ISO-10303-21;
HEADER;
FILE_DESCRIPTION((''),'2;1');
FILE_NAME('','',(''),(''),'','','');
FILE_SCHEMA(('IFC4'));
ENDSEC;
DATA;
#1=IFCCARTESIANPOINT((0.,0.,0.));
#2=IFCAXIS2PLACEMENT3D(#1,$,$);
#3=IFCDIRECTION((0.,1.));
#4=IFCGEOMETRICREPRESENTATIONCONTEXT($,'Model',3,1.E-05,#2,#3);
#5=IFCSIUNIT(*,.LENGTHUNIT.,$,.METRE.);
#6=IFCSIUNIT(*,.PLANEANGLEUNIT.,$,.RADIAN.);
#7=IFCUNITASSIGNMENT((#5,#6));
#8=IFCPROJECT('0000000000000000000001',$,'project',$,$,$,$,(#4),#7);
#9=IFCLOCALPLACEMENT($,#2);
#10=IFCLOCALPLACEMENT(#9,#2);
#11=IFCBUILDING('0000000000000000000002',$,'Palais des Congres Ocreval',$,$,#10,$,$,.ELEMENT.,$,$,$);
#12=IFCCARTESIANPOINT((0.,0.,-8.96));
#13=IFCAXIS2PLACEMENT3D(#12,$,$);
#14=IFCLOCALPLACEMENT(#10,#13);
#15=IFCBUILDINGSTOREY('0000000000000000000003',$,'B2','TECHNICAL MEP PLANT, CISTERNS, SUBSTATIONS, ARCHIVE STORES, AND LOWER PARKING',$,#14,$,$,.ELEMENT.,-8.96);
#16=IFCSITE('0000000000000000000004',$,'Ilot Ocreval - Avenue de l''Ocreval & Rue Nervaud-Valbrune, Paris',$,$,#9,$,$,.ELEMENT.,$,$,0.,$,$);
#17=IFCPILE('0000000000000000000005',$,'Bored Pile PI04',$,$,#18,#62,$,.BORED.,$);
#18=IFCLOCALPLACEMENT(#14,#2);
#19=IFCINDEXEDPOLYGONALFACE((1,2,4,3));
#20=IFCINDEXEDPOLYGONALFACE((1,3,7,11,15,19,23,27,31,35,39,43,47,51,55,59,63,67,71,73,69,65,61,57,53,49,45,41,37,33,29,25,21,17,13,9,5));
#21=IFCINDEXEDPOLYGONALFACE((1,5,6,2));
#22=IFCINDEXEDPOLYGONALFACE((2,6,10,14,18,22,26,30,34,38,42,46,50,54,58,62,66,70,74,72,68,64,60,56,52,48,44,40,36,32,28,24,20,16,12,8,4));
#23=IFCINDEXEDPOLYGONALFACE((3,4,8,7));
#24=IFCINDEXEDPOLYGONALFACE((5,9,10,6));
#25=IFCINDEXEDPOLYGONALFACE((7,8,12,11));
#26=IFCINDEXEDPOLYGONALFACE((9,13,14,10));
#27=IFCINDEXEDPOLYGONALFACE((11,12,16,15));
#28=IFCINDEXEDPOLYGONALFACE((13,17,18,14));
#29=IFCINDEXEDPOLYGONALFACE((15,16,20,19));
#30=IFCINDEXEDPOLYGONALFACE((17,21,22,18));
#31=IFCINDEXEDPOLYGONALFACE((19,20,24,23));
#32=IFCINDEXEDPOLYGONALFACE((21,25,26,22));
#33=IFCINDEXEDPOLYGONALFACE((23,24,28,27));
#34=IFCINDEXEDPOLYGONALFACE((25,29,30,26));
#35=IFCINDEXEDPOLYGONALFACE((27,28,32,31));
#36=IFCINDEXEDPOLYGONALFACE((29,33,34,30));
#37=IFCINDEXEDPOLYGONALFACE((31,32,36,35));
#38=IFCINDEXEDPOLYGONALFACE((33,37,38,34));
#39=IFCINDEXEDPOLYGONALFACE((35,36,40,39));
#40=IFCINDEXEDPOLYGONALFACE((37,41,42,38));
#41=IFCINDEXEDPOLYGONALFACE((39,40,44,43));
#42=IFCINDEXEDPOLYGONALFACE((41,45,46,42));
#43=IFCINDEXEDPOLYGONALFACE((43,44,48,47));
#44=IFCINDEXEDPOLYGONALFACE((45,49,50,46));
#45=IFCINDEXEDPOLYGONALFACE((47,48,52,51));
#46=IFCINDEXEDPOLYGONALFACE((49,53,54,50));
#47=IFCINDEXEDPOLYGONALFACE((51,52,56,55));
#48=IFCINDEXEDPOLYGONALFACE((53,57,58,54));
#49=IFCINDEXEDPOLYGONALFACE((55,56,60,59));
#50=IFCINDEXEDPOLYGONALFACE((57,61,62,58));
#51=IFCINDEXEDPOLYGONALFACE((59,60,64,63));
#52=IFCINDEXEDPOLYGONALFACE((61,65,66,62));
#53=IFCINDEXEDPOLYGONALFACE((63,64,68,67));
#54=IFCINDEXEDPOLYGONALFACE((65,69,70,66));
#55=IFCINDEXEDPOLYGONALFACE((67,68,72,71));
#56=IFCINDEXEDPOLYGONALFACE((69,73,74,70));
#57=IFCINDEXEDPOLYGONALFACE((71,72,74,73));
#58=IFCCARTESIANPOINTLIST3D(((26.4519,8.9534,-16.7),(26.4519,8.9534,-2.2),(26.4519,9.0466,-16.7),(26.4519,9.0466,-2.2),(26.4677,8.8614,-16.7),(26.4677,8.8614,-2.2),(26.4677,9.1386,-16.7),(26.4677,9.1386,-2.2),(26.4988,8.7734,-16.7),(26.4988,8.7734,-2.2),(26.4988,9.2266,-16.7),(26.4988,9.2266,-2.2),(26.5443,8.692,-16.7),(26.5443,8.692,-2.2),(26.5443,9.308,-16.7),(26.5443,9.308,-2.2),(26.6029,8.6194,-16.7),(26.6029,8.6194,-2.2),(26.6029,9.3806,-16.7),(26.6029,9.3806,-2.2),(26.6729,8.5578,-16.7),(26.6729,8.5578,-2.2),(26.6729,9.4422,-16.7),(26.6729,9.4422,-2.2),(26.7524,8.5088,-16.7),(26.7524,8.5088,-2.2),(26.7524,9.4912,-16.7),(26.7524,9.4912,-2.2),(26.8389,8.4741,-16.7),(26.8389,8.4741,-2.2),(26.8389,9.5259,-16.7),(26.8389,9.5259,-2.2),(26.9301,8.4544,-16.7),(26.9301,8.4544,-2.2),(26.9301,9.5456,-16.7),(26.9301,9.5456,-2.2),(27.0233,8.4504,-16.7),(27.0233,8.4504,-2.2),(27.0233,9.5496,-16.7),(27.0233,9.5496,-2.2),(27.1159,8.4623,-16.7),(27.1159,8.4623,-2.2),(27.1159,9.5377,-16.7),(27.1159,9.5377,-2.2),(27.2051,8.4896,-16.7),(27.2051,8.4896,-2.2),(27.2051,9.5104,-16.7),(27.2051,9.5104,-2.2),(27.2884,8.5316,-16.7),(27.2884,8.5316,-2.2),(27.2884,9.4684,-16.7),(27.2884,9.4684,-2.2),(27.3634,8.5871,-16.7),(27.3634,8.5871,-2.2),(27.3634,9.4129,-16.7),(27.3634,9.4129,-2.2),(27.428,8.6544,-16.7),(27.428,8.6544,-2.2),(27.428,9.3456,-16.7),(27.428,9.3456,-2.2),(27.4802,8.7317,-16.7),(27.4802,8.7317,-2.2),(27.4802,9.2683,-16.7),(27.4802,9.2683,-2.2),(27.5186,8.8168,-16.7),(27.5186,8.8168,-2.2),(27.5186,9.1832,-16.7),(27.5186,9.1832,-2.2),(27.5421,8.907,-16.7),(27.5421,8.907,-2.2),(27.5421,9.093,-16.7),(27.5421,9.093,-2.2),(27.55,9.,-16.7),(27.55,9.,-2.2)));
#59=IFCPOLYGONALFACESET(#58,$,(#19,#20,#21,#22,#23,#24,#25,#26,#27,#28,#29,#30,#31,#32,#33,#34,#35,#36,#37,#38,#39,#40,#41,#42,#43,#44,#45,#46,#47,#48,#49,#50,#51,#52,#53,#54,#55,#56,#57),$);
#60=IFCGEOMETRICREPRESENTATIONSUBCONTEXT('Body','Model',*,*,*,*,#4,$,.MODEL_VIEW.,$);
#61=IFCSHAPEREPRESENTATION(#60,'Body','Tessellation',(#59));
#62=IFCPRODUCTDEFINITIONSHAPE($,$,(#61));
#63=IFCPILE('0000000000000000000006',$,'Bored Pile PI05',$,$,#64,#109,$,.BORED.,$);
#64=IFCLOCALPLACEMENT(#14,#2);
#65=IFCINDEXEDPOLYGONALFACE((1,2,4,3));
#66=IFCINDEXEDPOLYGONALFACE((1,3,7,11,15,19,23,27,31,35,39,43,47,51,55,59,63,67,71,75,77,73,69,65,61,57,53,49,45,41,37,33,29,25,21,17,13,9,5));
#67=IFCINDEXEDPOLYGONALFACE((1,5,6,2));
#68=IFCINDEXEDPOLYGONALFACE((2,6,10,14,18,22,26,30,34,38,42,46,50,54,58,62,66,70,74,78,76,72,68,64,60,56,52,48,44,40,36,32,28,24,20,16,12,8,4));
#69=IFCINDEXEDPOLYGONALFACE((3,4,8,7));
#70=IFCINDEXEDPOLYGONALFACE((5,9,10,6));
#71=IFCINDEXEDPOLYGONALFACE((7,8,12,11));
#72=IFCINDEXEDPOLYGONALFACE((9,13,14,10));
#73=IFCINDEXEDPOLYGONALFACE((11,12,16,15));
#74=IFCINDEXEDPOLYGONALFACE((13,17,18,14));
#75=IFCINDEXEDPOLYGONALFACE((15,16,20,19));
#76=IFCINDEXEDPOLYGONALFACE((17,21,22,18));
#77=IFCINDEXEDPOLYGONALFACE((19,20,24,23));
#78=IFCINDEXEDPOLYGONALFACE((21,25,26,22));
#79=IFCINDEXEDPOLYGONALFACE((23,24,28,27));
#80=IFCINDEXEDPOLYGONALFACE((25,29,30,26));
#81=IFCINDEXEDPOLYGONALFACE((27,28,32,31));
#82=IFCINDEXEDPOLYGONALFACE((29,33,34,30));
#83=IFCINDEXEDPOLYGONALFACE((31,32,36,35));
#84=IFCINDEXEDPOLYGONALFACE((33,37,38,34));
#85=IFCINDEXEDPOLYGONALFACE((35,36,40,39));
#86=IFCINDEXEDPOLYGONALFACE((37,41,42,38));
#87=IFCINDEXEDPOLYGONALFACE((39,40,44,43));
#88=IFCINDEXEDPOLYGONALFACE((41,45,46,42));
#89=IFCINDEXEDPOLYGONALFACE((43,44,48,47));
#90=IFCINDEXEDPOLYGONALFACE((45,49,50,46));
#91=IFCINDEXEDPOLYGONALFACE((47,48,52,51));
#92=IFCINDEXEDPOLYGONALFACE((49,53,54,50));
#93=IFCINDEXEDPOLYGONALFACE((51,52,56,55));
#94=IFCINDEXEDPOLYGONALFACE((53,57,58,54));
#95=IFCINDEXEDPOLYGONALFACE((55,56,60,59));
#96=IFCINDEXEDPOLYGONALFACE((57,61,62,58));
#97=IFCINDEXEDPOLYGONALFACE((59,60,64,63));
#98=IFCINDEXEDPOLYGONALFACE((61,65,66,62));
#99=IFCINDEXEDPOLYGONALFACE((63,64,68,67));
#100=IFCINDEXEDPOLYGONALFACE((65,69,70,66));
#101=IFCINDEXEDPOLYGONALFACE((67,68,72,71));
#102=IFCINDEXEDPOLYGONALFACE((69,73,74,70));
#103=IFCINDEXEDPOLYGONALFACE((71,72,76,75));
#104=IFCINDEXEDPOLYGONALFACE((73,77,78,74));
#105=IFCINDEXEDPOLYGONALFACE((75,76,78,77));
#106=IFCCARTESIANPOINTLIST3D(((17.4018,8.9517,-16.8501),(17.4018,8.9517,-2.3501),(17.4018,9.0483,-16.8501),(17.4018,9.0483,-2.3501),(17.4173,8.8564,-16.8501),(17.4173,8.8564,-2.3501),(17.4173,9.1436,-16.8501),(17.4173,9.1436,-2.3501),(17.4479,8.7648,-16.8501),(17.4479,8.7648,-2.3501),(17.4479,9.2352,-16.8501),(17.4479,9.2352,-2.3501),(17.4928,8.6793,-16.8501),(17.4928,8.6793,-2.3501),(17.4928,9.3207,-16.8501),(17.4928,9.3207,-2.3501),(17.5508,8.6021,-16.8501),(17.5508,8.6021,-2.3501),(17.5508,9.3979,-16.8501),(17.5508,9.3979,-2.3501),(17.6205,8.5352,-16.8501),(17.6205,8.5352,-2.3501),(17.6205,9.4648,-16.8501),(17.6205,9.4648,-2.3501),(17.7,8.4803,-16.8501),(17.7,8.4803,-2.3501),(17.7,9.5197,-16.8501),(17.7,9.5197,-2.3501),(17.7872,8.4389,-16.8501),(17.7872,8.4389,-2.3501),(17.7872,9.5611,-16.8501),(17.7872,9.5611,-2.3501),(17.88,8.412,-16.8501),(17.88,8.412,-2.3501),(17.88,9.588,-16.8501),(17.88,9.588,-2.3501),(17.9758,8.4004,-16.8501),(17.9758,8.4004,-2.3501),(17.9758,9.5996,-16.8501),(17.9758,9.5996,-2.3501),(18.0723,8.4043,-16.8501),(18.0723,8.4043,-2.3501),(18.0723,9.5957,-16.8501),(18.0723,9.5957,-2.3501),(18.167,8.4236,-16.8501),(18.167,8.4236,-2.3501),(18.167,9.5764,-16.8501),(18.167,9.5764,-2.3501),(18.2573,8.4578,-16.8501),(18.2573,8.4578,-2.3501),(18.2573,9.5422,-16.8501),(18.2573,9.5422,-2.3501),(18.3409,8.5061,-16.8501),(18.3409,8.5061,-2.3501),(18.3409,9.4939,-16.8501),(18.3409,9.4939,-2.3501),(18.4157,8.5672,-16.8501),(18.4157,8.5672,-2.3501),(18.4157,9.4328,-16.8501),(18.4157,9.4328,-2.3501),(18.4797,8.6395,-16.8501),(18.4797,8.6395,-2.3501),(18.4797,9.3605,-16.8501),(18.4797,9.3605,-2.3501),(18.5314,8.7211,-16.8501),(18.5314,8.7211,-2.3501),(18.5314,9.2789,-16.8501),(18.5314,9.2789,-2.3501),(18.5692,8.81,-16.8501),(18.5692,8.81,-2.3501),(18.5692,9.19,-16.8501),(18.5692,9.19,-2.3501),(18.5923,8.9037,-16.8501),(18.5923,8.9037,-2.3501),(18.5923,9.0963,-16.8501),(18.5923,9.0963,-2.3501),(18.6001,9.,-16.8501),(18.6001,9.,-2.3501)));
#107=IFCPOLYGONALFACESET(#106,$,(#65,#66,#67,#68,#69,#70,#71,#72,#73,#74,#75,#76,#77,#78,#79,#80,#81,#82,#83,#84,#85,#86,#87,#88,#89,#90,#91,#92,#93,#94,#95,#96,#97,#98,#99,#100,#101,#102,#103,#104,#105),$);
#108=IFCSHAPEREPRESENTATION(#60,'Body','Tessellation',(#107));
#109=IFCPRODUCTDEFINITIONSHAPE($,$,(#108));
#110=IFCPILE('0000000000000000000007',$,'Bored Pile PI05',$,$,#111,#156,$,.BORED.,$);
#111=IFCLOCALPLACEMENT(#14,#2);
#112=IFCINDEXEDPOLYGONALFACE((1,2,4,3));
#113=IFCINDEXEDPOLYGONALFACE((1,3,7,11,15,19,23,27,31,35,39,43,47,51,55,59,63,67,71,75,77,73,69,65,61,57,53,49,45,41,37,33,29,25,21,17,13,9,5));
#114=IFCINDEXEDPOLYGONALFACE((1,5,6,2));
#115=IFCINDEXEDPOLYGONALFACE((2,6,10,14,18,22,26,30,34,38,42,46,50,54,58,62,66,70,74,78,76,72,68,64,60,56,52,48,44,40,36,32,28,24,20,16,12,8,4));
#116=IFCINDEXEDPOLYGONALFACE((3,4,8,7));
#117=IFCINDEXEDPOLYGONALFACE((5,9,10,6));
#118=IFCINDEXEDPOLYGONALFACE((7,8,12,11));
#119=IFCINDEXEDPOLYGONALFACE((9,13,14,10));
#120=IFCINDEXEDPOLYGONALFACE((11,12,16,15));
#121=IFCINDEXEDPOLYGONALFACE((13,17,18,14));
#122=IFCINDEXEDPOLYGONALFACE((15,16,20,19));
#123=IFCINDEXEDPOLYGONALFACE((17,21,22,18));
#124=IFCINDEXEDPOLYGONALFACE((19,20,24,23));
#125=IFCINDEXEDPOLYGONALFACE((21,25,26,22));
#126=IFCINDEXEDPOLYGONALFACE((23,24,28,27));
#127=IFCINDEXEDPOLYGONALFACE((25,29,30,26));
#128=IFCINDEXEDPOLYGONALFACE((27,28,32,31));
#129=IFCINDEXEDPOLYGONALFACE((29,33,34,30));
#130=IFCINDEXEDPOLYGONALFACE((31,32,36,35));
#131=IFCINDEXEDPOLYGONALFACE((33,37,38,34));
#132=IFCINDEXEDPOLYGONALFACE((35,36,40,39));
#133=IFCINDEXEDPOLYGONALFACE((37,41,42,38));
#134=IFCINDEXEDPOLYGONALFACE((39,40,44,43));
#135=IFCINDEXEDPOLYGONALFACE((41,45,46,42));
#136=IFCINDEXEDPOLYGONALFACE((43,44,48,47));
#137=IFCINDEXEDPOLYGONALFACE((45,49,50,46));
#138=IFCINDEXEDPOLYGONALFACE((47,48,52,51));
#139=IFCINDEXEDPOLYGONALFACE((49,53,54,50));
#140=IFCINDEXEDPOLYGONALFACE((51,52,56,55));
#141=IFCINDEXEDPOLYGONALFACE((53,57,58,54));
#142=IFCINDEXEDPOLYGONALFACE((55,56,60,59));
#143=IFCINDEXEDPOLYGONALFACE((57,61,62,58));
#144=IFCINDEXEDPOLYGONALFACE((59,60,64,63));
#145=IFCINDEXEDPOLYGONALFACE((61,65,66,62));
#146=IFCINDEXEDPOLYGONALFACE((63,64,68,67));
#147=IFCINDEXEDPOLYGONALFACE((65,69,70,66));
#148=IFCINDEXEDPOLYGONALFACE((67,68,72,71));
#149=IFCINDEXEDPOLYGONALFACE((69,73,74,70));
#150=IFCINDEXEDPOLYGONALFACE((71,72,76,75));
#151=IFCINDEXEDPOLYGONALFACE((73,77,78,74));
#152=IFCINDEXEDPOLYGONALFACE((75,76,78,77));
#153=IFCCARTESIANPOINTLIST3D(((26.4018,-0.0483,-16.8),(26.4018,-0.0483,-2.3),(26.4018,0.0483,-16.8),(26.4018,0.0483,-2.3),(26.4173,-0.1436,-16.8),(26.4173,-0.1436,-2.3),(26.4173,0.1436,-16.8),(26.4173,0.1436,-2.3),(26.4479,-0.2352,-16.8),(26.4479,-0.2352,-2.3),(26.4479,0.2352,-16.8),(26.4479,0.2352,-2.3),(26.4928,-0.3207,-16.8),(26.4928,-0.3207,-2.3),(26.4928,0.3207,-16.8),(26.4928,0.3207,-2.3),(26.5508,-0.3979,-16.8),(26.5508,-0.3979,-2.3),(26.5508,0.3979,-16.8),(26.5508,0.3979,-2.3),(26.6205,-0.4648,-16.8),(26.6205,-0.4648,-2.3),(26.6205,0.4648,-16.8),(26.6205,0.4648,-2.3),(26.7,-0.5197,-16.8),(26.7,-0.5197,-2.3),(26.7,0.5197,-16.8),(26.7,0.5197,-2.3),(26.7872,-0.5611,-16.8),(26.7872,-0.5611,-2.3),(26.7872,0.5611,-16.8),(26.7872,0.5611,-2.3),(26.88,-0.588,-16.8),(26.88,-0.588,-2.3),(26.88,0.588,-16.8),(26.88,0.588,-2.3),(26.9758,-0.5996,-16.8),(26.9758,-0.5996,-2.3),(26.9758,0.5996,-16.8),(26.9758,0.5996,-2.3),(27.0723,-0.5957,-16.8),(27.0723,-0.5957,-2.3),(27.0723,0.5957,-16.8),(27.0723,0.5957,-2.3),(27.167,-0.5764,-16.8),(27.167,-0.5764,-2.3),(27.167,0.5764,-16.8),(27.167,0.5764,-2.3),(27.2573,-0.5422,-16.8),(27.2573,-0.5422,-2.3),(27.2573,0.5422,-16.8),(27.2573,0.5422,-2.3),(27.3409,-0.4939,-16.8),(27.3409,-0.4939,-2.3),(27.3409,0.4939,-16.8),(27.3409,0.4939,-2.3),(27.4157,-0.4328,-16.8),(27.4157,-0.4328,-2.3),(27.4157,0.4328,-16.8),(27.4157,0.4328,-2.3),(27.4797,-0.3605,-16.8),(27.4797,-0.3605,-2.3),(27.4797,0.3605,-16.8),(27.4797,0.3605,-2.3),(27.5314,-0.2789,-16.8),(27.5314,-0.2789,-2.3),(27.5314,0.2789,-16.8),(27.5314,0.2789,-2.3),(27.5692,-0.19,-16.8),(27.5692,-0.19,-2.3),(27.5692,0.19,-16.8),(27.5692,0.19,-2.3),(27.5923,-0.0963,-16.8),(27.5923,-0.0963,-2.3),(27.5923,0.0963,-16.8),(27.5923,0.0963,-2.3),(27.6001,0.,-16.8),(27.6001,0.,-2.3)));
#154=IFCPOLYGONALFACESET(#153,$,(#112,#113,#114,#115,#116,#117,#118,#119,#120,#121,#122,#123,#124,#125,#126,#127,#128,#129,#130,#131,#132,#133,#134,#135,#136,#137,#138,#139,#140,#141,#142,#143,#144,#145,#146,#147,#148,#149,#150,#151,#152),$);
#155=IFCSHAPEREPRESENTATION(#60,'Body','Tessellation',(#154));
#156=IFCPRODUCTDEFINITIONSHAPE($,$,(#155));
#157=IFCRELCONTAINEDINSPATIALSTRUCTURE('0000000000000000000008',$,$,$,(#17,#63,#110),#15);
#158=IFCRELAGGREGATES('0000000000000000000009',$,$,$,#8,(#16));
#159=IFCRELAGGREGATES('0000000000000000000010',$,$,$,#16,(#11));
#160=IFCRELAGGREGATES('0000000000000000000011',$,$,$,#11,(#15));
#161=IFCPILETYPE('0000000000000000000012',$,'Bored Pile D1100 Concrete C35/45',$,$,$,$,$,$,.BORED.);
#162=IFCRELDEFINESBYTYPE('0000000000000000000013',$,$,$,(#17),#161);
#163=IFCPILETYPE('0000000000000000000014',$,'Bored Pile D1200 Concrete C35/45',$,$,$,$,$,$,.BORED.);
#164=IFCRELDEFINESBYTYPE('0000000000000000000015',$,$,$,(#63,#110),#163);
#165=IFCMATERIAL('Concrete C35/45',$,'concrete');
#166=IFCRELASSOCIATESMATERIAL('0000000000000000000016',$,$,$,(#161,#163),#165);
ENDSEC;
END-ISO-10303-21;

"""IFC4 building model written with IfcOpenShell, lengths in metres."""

from ifc_helpers import new_model, si_unit, direction, frame, origin, origin_2d, place, context, subcontext, project, spatial, circle, extrude, material, material_profile, profile_set, type_object, element, save


model = new_model("IFC4")

# Units and contexts
model_context = context("Model", 3, precision=1e-05, world=origin(), true_north=direction((0.0, 1.0)))
body_context = subcontext(model_context, "Body", "Model", "MODEL_VIEW")
ifc_project = project(units=[si_unit("LENGTHUNIT", "METRE"), si_unit("PLANEANGLEUNIT", "RADIAN")], contexts=[model_context])

# Site, building, storey
site_placement = place(None, origin())
site = spatial("IfcSite", under=ifc_project, at=site_placement, Name="Ilot Ocreval - Avenue de l'Ocreval & Rue Nervaud-Valbrune, Paris", CompositionType="ELEMENT", RefElevation=0.0)
building_placement = place(site_placement, origin())
building = spatial("IfcBuilding", under=site, at=building_placement, Name="Palais des Congres Ocreval", CompositionType="ELEMENT")
storey_placement = place(building_placement, frame((0.0, 0.0, -8.96)))
storey = spatial("IfcBuildingStorey", under=building, at=storey_placement, Name="B2", Description="TECHNICAL MEP PLANT, CISTERNS, SUBSTATIONS, ARCHIVE STORES, AND LOWER PARKING", CompositionType="ELEMENT", Elevation=-8.96)

# Piles
ifc_material_1 = material(Name="Concrete C35/45", Category="concrete")
ifc_material_profile_1 = material_profile(ifc_material_1, circle(Radius=0.55, at=origin_2d()), Name="BORED PILE 1100")
ifc_profile_set_1 = profile_set([ifc_material_profile_1], Name="Concrete C35/45")
pile_type_1 = type_object("IfcPileType", Name="Bored Pile D1100 Concrete C35/45", PredefinedType="BORED", material=ifc_profile_set_1)
pile_placement = place(storey_placement, frame((27.0, 9.0, -2.2), z_axis=(0.0, 0.0, -1.0), x_axis=(1.0, 0.0, 0.0)))
element("IfcPile", 1, at=pile_placement, inside=storey, type_object=pile_type_1, Name="Bored Pile PI04", PredefinedType="BORED", context=body_context, shape_type="SweptSolid", body=[
    extrude(circle(Radius=0.55, at=origin_2d()), origin(), (0.0, 0.0, 1.0), 14.5),
])
ifc_material_profile_2 = material_profile(ifc_material_1, circle(Radius=0.6001, at=origin_2d()), Name="BORED PILE 1200")
ifc_profile_set_2 = profile_set([ifc_material_profile_2], Name="Concrete C35/45")
pile_type_2 = type_object("IfcPileType", Name="Bored Pile D1200 Concrete C35/45", PredefinedType="BORED", material=ifc_profile_set_2)
for number, where, z_axis, x_axis, name in (
    (2, (18.0, 9.0, -2.3501), (0.0, 0.0, -1.0), (1.0, 0.0, 0.0), "Bored Pile PI05"),
    (3, (27.0, 0.0, -2.3), (0.0, 0.0, -1.0), (1.0, 0.0, 0.0), "Bored Pile PI05"),
):
    element("IfcPile", number, at=place(storey_placement, frame(where, z_axis=z_axis, x_axis=x_axis)), inside=storey, type_object=pile_type_2, Name=name, PredefinedType="BORED", context=body_context, shape_type="SweptSolid", body=[
        extrude(circle(Radius=0.6001, at=origin_2d()), origin(), (0.0, 0.0, 1.0), 14.5),
    ])

save(model, "model.ifc")
